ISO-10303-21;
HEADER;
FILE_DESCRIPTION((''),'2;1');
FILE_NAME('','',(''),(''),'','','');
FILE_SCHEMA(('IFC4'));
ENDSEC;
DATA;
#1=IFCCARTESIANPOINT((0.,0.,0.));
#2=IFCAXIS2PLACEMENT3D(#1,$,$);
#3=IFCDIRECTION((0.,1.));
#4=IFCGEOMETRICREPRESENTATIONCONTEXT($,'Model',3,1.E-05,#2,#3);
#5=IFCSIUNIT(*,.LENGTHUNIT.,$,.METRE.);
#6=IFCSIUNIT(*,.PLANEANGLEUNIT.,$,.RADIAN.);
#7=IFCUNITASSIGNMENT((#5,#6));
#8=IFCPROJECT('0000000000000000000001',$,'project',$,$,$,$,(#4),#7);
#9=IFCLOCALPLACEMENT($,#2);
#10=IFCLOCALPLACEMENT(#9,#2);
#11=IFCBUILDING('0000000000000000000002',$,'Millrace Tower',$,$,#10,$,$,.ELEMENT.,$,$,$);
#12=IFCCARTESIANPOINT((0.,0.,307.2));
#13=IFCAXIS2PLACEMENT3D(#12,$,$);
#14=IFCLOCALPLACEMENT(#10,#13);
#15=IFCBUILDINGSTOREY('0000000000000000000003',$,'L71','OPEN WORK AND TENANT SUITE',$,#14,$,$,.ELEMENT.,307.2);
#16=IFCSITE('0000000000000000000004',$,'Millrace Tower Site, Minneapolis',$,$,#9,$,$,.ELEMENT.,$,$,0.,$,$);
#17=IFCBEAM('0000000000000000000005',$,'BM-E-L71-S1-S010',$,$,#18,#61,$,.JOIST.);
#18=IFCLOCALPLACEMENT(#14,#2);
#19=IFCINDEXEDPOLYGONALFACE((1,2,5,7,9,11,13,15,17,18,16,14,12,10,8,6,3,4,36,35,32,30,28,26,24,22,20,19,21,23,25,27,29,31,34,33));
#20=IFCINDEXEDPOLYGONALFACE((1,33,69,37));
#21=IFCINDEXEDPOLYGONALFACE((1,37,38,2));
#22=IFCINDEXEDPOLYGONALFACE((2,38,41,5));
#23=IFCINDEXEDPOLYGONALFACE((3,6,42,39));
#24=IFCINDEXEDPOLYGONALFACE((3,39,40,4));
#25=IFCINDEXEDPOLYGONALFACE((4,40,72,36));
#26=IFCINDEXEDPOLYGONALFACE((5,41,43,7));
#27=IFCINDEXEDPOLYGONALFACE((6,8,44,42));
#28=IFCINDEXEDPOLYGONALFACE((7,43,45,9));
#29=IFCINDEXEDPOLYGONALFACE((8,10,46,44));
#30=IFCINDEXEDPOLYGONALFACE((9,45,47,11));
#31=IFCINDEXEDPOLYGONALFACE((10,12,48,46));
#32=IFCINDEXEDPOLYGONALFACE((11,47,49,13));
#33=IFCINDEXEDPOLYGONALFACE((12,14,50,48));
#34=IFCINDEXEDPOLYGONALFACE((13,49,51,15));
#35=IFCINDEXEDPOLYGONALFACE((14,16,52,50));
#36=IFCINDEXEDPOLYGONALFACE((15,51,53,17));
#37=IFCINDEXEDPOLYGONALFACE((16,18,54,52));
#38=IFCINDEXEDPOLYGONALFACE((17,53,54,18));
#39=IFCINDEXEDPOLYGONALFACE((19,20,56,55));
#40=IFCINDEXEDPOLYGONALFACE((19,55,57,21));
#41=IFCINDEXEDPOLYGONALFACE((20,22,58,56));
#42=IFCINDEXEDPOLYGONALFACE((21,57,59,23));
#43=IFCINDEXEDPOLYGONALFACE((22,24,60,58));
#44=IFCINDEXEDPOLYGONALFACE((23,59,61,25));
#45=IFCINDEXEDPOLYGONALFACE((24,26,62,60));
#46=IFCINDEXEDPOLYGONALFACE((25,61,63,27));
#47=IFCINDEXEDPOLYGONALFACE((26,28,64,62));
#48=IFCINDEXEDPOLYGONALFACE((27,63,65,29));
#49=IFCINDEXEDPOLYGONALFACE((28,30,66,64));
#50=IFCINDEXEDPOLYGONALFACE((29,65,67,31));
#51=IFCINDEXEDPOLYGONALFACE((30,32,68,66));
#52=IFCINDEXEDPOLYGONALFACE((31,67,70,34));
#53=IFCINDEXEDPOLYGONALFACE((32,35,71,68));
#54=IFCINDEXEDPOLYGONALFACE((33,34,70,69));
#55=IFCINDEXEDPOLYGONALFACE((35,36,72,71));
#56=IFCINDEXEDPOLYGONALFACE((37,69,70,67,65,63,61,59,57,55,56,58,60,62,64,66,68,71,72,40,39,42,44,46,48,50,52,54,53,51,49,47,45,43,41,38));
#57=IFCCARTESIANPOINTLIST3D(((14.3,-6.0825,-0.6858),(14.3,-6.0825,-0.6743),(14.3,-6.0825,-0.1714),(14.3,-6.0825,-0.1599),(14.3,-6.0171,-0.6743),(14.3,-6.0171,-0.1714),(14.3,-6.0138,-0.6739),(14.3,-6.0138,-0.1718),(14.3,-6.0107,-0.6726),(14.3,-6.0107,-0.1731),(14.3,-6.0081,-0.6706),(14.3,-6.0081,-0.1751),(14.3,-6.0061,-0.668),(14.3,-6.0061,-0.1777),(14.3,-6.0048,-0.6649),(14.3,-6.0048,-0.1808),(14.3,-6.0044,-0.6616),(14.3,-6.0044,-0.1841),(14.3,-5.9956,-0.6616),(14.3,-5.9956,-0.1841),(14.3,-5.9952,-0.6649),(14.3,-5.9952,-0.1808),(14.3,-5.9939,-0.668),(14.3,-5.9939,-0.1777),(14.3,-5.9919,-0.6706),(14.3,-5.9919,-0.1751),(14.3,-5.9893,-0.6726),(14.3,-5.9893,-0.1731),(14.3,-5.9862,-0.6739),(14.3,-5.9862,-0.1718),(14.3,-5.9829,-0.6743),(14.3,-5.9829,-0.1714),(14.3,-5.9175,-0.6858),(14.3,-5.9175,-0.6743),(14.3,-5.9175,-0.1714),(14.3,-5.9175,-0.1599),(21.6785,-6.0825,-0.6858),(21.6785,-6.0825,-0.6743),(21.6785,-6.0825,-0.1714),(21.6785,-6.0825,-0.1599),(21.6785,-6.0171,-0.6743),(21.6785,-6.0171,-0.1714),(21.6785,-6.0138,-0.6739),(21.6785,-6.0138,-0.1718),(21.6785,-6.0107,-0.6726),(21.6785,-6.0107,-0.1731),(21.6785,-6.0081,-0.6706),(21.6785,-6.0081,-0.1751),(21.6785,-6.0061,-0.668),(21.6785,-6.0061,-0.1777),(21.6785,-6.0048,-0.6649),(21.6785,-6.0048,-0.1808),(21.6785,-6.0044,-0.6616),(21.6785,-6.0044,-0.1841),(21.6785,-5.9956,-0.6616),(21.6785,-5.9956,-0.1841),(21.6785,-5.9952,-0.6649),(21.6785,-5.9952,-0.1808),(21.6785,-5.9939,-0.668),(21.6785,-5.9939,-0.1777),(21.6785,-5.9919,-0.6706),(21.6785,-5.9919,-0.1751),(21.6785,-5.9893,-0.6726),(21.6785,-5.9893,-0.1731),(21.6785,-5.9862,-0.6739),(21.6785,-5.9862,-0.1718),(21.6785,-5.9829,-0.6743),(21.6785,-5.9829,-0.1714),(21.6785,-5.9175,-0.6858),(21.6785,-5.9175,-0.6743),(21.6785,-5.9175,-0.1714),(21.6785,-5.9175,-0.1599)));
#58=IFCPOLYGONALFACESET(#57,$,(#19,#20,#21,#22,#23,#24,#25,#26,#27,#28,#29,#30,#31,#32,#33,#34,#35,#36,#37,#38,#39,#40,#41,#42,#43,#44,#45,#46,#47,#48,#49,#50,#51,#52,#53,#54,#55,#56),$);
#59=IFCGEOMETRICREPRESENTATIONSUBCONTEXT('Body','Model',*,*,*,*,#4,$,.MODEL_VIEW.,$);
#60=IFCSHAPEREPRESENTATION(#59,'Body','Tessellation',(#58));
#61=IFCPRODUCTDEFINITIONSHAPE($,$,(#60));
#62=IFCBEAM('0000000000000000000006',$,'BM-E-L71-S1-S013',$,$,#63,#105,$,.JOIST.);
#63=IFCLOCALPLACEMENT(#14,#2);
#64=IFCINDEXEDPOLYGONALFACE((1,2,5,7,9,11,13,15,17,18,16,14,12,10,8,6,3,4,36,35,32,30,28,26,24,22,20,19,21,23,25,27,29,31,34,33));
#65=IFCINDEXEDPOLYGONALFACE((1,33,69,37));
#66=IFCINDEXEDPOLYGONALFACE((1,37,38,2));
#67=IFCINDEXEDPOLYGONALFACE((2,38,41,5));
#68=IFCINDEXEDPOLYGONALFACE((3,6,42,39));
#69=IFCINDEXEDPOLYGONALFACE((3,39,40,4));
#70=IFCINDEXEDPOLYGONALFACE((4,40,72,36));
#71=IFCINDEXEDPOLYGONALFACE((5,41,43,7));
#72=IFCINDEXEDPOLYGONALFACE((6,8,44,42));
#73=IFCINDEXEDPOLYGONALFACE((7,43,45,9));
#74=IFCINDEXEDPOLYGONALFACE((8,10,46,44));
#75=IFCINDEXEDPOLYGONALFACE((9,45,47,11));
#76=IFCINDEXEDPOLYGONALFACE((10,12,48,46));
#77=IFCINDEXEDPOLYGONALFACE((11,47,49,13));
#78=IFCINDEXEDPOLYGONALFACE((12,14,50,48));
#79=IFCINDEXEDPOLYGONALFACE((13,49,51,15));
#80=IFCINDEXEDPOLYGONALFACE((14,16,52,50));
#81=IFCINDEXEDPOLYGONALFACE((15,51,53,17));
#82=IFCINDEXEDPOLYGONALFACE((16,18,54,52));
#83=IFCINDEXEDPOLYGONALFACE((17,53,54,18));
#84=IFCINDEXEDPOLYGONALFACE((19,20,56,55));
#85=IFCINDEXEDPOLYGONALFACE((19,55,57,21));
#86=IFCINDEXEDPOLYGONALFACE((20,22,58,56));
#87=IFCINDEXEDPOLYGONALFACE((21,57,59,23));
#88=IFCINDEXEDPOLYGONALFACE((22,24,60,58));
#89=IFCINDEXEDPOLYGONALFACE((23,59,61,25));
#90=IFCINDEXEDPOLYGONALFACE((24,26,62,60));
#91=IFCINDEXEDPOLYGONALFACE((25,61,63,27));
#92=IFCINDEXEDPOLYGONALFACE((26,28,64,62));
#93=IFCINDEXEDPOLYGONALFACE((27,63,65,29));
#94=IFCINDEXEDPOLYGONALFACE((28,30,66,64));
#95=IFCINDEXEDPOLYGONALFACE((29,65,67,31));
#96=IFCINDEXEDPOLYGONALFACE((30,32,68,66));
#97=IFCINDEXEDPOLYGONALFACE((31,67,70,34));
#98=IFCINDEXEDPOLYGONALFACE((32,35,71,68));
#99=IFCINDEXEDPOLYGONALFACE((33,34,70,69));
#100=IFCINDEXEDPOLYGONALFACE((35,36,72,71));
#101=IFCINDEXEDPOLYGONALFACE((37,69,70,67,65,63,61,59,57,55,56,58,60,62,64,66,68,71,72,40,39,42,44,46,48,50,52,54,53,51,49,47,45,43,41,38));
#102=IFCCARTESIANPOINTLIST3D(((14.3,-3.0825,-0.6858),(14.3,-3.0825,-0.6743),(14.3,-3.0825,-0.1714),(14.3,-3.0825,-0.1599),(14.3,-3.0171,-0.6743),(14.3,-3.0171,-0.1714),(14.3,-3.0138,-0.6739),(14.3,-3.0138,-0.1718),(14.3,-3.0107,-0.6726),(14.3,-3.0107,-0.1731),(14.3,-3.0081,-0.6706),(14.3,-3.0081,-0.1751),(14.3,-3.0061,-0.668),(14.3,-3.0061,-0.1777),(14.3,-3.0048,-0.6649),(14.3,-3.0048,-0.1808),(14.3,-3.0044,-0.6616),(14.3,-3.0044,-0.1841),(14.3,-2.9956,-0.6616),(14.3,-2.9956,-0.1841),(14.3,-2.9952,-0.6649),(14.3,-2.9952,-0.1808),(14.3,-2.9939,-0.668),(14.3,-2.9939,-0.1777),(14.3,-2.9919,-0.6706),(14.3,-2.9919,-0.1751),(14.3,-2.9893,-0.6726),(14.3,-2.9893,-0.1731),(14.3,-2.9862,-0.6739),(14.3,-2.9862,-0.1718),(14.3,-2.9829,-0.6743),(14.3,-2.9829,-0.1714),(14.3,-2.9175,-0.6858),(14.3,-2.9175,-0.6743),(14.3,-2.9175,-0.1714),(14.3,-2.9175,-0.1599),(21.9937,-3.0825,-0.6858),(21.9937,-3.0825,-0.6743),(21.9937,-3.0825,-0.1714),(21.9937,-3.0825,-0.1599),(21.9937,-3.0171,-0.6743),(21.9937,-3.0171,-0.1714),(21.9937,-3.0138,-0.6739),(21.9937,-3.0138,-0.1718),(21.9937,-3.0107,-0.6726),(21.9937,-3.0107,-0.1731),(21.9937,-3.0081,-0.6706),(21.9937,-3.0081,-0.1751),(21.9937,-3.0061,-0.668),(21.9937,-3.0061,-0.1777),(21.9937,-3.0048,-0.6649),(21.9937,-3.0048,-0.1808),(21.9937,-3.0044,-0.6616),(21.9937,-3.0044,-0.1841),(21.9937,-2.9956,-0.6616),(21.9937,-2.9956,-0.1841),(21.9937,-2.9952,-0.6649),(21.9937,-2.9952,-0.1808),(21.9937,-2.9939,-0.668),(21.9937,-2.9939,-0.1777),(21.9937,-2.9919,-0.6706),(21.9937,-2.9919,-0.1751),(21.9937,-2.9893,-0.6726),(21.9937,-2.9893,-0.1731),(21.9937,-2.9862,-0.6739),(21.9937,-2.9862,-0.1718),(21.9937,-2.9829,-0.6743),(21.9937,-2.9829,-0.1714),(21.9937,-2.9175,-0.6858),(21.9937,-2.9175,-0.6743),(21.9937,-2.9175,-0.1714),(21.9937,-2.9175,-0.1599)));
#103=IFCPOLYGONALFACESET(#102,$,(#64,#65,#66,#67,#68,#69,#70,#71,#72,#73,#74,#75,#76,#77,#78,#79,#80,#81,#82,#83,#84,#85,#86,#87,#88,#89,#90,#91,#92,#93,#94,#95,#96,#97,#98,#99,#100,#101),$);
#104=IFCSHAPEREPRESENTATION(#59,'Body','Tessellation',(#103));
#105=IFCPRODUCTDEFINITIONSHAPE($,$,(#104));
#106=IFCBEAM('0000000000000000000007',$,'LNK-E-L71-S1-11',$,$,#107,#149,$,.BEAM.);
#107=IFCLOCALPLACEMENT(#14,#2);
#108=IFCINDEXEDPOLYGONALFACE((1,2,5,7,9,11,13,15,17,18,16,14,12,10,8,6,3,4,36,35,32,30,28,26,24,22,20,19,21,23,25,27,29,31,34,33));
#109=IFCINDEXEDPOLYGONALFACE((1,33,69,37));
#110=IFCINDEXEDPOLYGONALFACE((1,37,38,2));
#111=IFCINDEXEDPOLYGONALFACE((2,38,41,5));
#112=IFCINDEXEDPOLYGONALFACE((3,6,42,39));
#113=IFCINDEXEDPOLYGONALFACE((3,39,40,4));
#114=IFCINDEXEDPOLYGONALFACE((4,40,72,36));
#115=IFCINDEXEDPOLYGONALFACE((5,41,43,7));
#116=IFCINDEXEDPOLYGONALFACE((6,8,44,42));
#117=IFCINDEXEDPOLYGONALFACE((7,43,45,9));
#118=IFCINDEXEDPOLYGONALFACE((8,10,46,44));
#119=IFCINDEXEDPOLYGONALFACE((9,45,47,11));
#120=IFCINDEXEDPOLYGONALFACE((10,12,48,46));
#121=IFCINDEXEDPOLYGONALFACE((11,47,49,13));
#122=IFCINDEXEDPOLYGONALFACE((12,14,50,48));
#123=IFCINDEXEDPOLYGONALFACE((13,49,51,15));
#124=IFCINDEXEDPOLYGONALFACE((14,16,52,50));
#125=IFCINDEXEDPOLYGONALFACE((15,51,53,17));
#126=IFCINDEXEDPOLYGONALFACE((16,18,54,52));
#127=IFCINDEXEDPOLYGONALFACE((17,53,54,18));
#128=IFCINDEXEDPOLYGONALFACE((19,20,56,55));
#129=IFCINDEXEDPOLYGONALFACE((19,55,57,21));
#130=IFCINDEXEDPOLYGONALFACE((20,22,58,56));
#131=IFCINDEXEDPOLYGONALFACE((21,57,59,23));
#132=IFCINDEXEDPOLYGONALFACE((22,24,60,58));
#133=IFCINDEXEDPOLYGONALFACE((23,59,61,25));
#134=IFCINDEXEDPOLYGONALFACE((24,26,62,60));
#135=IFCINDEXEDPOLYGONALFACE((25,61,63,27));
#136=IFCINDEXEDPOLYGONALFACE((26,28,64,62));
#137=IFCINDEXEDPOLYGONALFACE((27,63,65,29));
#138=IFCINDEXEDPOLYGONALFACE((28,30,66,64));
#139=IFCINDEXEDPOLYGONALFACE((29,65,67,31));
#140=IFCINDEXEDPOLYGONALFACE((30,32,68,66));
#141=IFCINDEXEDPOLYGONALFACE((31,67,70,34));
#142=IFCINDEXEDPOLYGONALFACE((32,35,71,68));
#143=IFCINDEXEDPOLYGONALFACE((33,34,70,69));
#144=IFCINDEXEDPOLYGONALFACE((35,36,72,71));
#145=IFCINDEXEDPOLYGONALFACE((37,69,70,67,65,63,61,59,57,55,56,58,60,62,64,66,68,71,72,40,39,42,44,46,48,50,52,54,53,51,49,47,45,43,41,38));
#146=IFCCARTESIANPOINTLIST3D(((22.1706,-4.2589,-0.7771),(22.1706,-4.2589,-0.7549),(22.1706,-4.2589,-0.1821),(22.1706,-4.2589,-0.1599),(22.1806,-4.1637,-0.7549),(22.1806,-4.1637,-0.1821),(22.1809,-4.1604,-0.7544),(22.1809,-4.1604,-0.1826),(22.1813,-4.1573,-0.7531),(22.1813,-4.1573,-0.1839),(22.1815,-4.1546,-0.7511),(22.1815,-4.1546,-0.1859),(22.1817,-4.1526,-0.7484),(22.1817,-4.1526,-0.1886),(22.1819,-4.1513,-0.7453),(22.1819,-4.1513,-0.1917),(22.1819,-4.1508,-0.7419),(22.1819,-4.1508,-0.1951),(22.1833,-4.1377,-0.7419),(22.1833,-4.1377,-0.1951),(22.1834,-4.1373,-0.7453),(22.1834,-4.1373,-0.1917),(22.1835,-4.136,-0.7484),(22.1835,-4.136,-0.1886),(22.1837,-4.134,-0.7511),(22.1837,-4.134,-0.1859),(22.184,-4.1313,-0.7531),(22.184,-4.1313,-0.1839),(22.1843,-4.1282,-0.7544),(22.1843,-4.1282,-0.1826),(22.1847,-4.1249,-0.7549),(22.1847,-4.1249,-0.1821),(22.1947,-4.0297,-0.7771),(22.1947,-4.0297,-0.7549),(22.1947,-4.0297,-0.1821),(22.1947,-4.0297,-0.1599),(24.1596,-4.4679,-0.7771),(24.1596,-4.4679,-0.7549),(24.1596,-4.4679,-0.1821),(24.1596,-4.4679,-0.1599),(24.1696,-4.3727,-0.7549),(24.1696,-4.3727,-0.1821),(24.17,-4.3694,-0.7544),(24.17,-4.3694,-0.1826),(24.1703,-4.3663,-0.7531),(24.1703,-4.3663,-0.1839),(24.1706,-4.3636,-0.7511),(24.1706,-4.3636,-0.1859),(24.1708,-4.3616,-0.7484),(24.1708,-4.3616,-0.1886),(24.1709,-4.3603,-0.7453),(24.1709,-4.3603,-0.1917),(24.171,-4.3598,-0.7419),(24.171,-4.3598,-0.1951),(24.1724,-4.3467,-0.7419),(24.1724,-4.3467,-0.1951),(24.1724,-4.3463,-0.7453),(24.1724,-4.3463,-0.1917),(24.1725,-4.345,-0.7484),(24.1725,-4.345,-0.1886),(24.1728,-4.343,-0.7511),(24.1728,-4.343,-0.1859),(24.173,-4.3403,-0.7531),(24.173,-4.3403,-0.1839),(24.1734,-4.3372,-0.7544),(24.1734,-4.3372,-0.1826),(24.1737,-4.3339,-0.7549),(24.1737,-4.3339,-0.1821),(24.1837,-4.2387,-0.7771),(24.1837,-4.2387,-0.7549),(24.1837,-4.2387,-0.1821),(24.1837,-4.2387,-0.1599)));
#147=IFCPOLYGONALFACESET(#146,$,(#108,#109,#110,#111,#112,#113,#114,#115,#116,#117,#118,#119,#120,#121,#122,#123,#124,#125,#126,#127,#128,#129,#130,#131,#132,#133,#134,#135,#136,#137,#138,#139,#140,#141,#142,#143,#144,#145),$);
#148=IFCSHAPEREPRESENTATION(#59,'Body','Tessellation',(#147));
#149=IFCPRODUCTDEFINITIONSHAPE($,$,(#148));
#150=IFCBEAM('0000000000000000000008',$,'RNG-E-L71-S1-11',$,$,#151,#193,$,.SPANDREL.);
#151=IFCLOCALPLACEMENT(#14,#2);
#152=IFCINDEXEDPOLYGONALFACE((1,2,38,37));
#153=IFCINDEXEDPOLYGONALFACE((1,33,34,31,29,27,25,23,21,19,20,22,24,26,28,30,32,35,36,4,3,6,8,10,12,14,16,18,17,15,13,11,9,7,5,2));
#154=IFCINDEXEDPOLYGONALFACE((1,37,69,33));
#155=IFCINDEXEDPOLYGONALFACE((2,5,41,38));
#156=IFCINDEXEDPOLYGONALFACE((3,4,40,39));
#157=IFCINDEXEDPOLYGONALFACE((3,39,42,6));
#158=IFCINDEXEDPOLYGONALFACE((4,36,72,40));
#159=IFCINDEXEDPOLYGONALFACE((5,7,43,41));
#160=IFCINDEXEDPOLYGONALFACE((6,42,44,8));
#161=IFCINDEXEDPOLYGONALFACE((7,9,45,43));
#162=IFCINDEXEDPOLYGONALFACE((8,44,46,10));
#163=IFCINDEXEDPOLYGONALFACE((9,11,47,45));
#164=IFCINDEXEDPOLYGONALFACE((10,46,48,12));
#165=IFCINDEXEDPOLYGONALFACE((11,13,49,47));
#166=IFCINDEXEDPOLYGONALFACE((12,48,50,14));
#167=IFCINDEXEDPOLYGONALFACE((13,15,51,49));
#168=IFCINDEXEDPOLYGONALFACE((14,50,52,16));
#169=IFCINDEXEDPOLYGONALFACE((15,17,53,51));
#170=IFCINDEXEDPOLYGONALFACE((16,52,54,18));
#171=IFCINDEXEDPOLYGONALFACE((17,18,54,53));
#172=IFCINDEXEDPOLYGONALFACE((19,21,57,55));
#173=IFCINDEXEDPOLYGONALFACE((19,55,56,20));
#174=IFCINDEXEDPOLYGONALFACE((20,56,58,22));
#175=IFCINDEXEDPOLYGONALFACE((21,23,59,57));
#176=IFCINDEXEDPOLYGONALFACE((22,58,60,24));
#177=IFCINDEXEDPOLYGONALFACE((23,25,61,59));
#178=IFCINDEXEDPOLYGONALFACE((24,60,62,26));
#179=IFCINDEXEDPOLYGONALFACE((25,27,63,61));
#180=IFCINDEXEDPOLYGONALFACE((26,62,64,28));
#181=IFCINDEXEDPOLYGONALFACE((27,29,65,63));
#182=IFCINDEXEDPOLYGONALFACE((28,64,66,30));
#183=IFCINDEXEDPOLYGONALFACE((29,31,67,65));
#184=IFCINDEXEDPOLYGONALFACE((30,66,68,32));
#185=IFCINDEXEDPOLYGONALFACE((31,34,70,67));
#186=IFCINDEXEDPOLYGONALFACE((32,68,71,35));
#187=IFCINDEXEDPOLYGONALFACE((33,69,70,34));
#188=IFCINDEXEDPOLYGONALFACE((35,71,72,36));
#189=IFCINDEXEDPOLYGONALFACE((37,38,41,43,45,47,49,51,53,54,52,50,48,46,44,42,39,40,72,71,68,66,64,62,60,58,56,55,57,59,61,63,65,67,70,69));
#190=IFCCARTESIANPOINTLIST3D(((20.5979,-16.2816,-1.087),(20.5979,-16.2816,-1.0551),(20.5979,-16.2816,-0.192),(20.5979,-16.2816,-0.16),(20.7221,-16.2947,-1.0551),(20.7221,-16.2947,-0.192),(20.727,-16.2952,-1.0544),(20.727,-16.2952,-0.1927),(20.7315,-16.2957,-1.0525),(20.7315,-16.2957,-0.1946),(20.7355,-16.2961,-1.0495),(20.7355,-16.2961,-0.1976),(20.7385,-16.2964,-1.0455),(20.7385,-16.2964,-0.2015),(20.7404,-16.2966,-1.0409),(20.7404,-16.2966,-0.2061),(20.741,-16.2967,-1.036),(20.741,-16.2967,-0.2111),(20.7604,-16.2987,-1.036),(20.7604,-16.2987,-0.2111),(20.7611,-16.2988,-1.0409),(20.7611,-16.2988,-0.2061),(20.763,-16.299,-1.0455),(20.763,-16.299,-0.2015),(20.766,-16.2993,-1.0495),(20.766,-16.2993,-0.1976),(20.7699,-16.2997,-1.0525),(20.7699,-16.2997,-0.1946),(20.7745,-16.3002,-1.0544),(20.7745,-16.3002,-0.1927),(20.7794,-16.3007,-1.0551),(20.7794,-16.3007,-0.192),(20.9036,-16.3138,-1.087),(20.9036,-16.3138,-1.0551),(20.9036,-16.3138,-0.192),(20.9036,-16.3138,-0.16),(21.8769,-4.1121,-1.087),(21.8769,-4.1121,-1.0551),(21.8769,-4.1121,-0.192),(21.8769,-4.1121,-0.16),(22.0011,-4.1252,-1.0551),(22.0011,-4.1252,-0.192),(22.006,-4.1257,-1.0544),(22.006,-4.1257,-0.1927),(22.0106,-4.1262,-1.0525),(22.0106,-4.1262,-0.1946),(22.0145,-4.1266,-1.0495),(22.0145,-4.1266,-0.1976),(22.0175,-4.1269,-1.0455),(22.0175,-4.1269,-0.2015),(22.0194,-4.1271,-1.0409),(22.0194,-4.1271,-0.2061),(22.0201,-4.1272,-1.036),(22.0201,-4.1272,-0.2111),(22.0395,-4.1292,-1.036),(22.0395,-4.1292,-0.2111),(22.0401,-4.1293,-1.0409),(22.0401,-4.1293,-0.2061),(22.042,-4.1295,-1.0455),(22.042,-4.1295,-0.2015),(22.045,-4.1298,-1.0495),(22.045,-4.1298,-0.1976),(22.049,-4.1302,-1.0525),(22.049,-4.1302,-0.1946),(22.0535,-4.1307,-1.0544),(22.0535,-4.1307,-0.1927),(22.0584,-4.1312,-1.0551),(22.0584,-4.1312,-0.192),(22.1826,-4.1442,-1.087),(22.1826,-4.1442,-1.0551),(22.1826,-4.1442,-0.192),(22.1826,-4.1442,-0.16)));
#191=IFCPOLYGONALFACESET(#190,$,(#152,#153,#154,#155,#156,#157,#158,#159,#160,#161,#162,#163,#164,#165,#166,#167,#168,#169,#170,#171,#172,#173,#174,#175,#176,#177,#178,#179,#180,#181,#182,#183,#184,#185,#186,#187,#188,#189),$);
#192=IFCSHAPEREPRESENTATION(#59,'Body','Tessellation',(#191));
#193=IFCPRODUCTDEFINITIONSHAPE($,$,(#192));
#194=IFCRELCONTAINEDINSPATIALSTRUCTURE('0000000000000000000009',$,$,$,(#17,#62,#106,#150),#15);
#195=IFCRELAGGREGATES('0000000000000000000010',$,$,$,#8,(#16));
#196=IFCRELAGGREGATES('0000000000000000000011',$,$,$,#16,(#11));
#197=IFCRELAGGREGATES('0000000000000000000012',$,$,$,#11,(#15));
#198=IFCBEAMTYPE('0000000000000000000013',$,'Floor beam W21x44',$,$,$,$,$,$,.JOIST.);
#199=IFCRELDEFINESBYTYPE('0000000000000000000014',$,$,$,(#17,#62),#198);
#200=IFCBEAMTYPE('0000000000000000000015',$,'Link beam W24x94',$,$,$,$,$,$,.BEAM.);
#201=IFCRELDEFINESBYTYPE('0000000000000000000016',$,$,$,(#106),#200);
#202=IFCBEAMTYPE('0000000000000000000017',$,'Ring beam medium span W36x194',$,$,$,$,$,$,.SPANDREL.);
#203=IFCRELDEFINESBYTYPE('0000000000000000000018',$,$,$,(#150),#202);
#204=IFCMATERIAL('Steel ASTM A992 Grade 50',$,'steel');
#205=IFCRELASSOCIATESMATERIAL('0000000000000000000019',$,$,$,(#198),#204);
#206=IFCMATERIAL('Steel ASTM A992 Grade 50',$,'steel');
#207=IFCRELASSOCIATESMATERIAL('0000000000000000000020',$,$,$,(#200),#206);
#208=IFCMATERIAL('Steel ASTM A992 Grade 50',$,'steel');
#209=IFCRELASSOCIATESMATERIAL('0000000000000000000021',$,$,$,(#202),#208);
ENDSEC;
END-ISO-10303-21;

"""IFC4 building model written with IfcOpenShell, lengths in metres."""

from ifc_helpers import new_model, si_unit, direction, frame, origin, origin_2d, place, context, subcontext, project, spatial, i_section, extrude, material, material_profile, profile_set, type_object, element, save


model = new_model("IFC4")

# Units and contexts
model_context = context("Model", 3, precision=1e-05, world=origin(), true_north=direction((0.0, 1.0)))
body_context = subcontext(model_context, "Body", "Model", "MODEL_VIEW")
ifc_project = project(units=[si_unit("LENGTHUNIT", "METRE"), si_unit("PLANEANGLEUNIT", "RADIAN")], contexts=[model_context])

# Site, building, storey
site_placement = place(None, origin())
site = spatial("IfcSite", under=ifc_project, at=site_placement, Name="Millrace Tower Site, Minneapolis", CompositionType="ELEMENT", RefElevation=0.0)
building_placement = place(site_placement, origin())
building = spatial("IfcBuilding", under=site, at=building_placement, Name="Millrace Tower", CompositionType="ELEMENT")
storey_placement = place(building_placement, frame((0.0, 0.0, 307.2)))
storey = spatial("IfcBuildingStorey", under=building, at=storey_placement, Name="L71", Description="OPEN WORK AND TENANT SUITE", CompositionType="ELEMENT", Elevation=307.2)

# Beams
ifc_material_1 = material(Name="Steel ASTM A992 Grade 50", Category="steel")
ifc_material_profile_1 = material_profile(ifc_material_1, i_section(OverallWidth=0.165, OverallDepth=0.5259, WebThickness=0.0088, FlangeThickness=0.0115, FilletRadius=0.0127, at=origin_2d()))
ifc_profile_set_1 = profile_set([ifc_material_profile_1], Name="Steel ASTM A992 Grade 50")
beam_type_1 = type_object("IfcBeamType", Name="Floor beam W21x44", PredefinedType="JOIST", material=ifc_profile_set_1)
beam_1_placement = place(storey_placement, frame((14.3, -6.0, -0.4229), z_axis=(1.0, 0.0, 0.0), x_axis=(0.0, 1.0, 0.0)))
element("IfcBeam", 1, at=beam_1_placement, inside=storey, type_object=beam_type_1, Name="BM-E-L71-S1-S010", PredefinedType="JOIST", context=body_context, shape_type="SweptSolid", body=[
    extrude(i_section(OverallWidth=0.165, OverallDepth=0.5259, WebThickness=0.0088, FlangeThickness=0.0115, FilletRadius=0.0127, at=origin_2d()), origin(), (0.0, 0.0, 1.0), 7.3784),
])
beam_2_placement = place(storey_placement, frame((14.3, -3.0, -0.4229), z_axis=(1.0, 0.0, 0.0), x_axis=(0.0, 1.0, 0.0)))
element("IfcBeam", 2, at=beam_2_placement, inside=storey, type_object=beam_type_1, Name="BM-E-L71-S1-S013", PredefinedType="JOIST", context=body_context, shape_type="SweptSolid", body=[
    extrude(i_section(OverallWidth=0.165, OverallDepth=0.5259, WebThickness=0.0088, FlangeThickness=0.0115, FilletRadius=0.0127, at=origin_2d()), origin(), (0.0, 0.0, 1.0), 7.6936),
])
ifc_material_2 = material(Name="Steel ASTM A992 Grade 50", Category="steel")
ifc_material_profile_2 = material_profile(ifc_material_2, i_section(OverallWidth=0.2305, OverallDepth=0.6172, WebThickness=0.0132, FlangeThickness=0.0222, FilletRadius=0.0129, at=origin_2d()))
ifc_profile_set_2 = profile_set([ifc_material_profile_2], Name="Steel ASTM A992 Grade 50")
beam_type_2 = type_object("IfcBeamType", Name="Link beam W24x94", PredefinedType="BEAM", material=ifc_profile_set_2)
beam_3_placement = place(storey_placement, frame((22.1826, -4.1443, -0.4685), z_axis=(0.994526, -0.104494, 0.0), x_axis=(0.104494, 0.994526, 0.0)))
element("IfcBeam", 3, at=beam_3_placement, inside=storey, type_object=beam_type_2, Name="LNK-E-L71-S1-11", PredefinedType="BEAM", context=body_context, shape_type="SweptSolid", body=[
    extrude(i_section(OverallWidth=0.2305, OverallDepth=0.6172, WebThickness=0.0132, FlangeThickness=0.0222, FilletRadius=0.0129, at=origin_2d()), origin(), (0.0, 0.0, 1.0), 2.0),
])
ifc_material_3 = material(Name="Steel ASTM A992 Grade 50", Category="steel")
ifc_material_profile_3 = material_profile(ifc_material_3, i_section(OverallWidth=0.3074, OverallDepth=0.927, WebThickness=0.0195, FlangeThickness=0.032, FilletRadius=0.019, at=origin_2d()))
ifc_profile_set_3 = profile_set([ifc_material_profile_3], Name="Steel ASTM A992 Grade 50")
beam_type_3 = type_object("IfcBeamType", Name="Ring beam medium span W36x194", PredefinedType="SPANDREL", material=ifc_profile_set_3)
beam_4_placement = place(storey_placement, frame((22.0298, -4.1282, -0.6235), z_axis=(-0.104528, -0.994522, 0.0), x_axis=(0.994522, -0.104528, 0.0)))
element("IfcBeam", 4, at=beam_4_placement, inside=storey, type_object=beam_type_3, Name="RNG-E-L71-S1-11", PredefinedType="SPANDREL", context=body_context, shape_type="SweptSolid", body=[
    extrude(i_section(OverallWidth=0.3074, OverallDepth=0.927, WebThickness=0.0195, FlangeThickness=0.032, FilletRadius=0.019, at=origin_2d()), origin(), (0.0, 0.0, 1.0), 12.2366),
])

save(model, "model.ifc")
